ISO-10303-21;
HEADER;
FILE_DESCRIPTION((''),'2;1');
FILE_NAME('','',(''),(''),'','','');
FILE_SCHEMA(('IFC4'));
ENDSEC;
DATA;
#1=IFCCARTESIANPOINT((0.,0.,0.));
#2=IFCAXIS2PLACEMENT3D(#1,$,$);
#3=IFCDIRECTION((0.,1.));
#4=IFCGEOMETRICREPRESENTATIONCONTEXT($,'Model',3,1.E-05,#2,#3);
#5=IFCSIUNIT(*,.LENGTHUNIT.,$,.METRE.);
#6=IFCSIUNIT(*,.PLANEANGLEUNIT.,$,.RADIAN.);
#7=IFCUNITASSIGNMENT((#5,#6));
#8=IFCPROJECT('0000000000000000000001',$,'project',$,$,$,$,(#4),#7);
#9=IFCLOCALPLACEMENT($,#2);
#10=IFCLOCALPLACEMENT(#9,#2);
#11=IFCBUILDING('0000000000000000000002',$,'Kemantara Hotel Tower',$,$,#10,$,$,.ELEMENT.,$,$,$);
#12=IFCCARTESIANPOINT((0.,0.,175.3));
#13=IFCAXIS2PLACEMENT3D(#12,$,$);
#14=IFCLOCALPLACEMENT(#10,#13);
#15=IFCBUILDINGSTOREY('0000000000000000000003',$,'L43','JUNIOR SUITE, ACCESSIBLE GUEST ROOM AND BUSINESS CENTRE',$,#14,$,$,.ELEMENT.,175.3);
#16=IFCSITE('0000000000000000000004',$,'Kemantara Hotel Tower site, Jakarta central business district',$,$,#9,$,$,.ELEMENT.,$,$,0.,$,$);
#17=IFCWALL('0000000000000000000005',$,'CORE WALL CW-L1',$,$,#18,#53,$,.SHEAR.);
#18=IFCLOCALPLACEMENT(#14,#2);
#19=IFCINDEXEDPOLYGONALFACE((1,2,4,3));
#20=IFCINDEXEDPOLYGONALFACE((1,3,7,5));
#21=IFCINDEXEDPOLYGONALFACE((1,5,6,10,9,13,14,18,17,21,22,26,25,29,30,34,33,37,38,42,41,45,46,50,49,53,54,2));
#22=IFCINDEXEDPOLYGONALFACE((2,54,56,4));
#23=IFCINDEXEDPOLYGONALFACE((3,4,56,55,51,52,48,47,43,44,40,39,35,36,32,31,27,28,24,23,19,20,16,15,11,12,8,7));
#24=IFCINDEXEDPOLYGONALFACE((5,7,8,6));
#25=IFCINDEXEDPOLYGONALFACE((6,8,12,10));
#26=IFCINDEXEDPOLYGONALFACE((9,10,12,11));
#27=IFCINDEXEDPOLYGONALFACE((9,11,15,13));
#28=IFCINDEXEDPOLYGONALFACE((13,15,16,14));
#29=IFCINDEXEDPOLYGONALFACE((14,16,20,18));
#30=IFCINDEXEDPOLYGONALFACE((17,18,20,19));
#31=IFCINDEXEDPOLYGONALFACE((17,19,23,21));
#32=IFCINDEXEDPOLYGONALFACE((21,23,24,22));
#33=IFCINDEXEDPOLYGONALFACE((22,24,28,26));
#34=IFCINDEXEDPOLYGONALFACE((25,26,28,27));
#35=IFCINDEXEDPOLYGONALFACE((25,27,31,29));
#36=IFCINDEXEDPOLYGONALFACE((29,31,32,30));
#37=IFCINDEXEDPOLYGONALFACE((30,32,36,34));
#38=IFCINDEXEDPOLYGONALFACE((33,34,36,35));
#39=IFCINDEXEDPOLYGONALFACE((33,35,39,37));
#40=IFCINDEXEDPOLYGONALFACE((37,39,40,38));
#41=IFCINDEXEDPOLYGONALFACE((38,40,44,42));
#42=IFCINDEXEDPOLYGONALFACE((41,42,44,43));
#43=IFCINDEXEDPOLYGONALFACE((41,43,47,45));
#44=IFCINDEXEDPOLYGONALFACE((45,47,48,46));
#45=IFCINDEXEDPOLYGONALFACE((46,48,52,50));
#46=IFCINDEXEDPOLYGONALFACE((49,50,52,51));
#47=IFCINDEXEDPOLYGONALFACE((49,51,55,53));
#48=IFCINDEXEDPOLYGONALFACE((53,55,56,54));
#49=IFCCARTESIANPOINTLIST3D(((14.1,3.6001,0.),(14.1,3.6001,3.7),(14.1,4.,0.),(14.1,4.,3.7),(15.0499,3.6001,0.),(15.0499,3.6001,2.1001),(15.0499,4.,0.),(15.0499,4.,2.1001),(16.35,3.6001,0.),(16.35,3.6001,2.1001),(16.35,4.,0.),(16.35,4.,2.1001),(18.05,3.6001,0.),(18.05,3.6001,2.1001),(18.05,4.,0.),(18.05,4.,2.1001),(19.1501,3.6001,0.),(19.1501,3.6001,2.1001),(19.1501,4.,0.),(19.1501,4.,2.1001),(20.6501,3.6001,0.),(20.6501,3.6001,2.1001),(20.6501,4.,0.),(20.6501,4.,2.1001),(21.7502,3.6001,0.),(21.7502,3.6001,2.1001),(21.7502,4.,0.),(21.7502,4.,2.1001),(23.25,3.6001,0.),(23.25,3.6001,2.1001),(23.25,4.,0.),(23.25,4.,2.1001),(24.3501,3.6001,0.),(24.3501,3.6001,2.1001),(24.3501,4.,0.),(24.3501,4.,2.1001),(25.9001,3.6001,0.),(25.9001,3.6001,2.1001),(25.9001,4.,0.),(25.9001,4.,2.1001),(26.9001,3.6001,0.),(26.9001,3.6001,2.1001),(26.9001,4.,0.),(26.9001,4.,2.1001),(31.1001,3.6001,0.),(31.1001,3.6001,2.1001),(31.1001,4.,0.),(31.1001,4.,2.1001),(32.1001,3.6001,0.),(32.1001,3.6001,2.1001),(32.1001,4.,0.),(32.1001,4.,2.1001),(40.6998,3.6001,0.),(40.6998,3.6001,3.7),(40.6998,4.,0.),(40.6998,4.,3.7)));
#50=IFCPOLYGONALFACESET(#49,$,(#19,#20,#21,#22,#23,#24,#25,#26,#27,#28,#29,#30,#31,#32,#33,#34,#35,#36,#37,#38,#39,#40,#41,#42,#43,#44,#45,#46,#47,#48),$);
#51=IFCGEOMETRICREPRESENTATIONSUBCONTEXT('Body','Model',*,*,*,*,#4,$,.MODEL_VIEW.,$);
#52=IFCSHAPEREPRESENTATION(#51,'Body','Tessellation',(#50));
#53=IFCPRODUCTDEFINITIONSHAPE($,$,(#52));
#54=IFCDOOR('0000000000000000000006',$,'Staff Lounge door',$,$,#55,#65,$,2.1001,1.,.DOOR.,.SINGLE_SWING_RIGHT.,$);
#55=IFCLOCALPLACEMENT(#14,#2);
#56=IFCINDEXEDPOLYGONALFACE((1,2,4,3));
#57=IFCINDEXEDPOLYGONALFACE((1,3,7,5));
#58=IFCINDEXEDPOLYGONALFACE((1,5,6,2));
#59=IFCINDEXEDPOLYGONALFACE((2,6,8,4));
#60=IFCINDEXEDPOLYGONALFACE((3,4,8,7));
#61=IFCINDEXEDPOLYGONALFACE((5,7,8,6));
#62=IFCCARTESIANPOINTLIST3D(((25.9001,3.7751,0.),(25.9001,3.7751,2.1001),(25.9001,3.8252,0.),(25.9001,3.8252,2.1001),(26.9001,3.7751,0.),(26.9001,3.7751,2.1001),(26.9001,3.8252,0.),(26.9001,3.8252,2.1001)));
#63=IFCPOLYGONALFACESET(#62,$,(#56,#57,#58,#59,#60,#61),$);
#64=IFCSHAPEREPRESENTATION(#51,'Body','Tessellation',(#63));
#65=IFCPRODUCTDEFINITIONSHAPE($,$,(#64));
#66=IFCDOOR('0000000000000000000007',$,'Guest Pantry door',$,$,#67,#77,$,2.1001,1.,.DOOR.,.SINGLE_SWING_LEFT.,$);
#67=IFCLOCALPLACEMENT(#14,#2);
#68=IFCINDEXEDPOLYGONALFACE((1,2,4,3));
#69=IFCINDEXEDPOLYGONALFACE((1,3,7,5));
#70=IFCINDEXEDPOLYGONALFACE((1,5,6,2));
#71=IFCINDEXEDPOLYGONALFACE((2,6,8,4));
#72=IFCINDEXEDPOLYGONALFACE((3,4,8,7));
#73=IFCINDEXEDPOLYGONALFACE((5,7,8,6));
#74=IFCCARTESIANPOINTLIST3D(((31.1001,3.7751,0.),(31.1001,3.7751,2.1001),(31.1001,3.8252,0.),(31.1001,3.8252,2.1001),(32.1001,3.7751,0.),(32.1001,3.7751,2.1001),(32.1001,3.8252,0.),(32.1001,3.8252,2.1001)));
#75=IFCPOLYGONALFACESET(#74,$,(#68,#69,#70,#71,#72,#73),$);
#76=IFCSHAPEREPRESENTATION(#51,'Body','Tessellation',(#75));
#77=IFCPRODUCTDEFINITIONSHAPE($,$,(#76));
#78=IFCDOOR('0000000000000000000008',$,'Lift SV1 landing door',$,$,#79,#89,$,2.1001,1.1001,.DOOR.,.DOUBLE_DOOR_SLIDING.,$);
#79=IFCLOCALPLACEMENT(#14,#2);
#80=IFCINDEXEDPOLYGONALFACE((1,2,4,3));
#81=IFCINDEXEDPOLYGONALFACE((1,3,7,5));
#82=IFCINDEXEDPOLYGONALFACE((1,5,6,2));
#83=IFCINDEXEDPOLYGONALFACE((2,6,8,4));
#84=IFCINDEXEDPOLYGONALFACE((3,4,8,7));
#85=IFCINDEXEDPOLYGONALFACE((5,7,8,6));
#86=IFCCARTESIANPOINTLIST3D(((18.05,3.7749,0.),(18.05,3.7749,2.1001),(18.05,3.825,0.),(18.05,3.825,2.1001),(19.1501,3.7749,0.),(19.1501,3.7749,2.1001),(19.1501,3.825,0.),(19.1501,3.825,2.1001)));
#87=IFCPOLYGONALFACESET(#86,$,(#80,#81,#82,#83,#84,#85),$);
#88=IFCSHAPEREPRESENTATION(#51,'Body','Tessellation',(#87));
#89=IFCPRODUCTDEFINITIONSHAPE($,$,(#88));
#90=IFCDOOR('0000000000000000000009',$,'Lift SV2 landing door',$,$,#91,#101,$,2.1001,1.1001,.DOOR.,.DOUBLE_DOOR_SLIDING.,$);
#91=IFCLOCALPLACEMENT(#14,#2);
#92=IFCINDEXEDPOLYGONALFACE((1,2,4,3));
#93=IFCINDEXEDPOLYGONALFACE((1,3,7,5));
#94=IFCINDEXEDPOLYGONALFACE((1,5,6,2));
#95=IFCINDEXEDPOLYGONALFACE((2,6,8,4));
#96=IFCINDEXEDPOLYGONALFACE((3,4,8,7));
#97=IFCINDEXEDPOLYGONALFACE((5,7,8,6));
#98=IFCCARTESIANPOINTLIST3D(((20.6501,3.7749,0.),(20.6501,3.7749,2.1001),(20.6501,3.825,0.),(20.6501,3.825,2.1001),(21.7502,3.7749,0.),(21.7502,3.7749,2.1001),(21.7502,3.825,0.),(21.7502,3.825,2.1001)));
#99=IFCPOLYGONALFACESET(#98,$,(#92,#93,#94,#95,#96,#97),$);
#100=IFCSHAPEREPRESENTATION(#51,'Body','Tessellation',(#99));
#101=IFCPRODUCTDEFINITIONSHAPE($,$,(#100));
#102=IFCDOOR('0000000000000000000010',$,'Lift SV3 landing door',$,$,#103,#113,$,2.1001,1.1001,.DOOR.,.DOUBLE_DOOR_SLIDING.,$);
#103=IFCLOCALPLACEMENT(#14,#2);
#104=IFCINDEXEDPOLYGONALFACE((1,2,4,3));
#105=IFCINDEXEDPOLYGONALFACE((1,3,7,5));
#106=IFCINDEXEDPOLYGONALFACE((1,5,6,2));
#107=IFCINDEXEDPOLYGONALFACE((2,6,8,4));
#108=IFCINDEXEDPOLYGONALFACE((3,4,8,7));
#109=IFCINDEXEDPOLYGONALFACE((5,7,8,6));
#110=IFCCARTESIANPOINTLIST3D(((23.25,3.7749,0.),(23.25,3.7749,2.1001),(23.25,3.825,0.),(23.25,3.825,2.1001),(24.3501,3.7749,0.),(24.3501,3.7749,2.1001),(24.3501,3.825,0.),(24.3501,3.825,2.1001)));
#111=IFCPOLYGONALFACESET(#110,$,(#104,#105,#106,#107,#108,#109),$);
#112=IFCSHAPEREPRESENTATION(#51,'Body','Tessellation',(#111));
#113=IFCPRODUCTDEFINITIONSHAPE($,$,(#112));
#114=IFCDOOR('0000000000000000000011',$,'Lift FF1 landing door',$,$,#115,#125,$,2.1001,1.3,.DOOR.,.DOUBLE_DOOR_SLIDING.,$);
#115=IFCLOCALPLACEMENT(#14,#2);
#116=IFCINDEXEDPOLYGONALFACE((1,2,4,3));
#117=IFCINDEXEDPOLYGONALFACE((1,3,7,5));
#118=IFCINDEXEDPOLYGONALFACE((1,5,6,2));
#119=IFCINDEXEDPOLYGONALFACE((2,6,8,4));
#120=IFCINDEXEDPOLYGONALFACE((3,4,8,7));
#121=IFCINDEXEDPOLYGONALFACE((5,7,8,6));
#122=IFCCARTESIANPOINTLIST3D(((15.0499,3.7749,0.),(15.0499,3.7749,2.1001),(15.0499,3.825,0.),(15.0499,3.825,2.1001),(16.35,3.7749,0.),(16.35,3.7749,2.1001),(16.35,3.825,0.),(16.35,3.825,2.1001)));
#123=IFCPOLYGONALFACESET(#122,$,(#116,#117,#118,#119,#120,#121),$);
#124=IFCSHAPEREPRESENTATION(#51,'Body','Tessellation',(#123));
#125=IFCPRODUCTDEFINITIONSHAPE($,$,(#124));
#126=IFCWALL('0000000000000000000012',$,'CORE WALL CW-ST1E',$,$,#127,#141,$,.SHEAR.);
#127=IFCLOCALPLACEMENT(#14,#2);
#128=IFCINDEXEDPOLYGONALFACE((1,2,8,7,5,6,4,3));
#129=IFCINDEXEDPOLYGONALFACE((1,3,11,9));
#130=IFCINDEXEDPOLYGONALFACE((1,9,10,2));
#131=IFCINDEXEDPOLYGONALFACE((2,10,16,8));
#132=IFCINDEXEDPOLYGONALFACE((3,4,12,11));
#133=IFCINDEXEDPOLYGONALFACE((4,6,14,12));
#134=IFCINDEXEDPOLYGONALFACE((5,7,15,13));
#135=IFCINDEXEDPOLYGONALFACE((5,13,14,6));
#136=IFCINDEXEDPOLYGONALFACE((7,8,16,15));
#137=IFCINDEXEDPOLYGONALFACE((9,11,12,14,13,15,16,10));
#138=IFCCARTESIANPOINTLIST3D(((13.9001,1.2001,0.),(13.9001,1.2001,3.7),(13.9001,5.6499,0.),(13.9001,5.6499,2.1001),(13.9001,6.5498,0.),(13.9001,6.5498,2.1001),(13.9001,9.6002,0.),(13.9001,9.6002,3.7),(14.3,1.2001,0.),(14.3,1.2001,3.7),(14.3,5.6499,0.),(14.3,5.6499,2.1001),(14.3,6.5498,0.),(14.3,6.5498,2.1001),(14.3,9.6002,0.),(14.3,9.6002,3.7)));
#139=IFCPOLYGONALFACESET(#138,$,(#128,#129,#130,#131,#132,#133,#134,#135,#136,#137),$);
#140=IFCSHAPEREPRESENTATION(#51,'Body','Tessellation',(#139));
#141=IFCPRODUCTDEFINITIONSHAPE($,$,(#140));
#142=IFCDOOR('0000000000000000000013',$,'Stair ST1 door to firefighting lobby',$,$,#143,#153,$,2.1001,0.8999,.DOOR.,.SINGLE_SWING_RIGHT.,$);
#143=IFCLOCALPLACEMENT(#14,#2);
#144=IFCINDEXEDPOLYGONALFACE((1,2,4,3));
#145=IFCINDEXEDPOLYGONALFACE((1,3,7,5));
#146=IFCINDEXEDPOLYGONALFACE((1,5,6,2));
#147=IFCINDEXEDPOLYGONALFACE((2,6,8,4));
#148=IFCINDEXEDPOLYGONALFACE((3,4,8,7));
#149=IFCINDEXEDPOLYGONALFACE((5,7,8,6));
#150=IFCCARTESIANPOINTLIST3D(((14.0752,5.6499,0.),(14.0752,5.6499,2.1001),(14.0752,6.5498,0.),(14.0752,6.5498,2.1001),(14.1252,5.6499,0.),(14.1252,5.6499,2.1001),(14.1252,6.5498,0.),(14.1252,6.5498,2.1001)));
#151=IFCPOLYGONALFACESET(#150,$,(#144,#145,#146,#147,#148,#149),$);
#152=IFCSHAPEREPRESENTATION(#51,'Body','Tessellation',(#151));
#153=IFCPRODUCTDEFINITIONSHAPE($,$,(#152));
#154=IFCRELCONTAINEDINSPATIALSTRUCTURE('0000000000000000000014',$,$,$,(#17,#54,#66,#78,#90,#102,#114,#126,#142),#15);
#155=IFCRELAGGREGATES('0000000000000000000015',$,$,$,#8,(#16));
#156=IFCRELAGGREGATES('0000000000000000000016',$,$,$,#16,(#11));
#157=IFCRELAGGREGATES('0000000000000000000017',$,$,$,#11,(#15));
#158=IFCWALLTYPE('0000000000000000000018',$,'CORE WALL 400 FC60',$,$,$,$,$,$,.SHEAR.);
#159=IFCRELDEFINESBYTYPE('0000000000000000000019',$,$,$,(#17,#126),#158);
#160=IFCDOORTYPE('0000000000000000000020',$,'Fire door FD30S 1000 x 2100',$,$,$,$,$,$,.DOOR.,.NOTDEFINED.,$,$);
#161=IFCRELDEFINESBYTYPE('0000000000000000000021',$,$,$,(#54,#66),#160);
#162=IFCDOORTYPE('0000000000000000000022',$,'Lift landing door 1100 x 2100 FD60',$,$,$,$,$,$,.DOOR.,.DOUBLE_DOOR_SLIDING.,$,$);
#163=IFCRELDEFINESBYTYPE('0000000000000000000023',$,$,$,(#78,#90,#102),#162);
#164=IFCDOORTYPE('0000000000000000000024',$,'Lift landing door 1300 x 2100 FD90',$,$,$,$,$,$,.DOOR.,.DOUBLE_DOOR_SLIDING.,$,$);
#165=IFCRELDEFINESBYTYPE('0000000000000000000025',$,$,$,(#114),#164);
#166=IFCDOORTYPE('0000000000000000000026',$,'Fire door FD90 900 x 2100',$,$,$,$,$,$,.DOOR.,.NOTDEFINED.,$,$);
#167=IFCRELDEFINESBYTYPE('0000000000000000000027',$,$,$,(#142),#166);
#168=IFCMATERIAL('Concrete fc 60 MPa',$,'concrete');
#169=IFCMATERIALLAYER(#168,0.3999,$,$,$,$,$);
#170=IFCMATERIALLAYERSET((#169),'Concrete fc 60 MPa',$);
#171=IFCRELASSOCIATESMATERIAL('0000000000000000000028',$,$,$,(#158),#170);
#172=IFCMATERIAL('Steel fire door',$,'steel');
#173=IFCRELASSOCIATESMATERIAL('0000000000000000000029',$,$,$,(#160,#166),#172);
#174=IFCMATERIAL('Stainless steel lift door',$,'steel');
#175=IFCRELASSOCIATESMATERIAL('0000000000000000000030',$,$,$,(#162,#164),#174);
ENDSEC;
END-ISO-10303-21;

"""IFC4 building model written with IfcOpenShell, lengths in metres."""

from ifc_helpers import new_model, si_unit, direction, frame, frame_2d, origin, place, context, subcontext, project, spatial, rectangle, extrude, material, layer, layer_set, type_object, element, fill, save


model = new_model("IFC4")

# Units and contexts
model_context = context("Model", 3, precision=1e-05, world=origin(), true_north=direction((0.0, 1.0)))
body_context = subcontext(model_context, "Body", "Model", "MODEL_VIEW")
ifc_project = project(units=[si_unit("LENGTHUNIT", "METRE"), si_unit("PLANEANGLEUNIT", "RADIAN")], contexts=[model_context])

# Site, building, storey
site_placement = place(None, origin())
site = spatial("IfcSite", under=ifc_project, at=site_placement, Name="Kemantara Hotel Tower site, Jakarta central business district", CompositionType="ELEMENT", RefElevation=0.0)
building_placement = place(site_placement, origin())
building = spatial("IfcBuilding", under=site, at=building_placement, Name="Kemantara Hotel Tower", CompositionType="ELEMENT")
storey_placement = place(building_placement, frame((0.0, 0.0, 175.3)))
storey = spatial("IfcBuildingStorey", under=building, at=storey_placement, Name="L43", Description="JUNIOR SUITE, ACCESSIBLE GUEST ROOM AND BUSINESS CENTRE", CompositionType="ELEMENT", Elevation=175.3)

# Shared definitions
ifc_material_1 = material(Name="Concrete fc 60 MPa", Category="concrete")
ifc_layer_1 = layer(ifc_material_1, 0.3999)
ifc_layer_set_1 = layer_set([ifc_layer_1], Name="Concrete fc 60 MPa")
wall_type_1 = type_object("IfcWallType", Name="CORE WALL 400 FC60", PredefinedType="SHEAR", material=ifc_layer_set_1)
ifc_material_2 = material(Name="Steel fire door", Category="steel")

# Wall, openings, doors
wall_1_placement = place(storey_placement, frame((14.1001, 3.8, 0.0), z_axis=(0.0, 0.0, 1.0), x_axis=(1.0, 0.0, 0.0)))
wall_1 = element("IfcWall", 1, at=wall_1_placement, inside=storey, type_object=wall_type_1, Name="CORE WALL CW-L1", PredefinedType="SHEAR", context=body_context, shape_type="SweptSolid", body=[
    extrude(rectangle(XDim=26.5999, YDim=0.3999, at=frame_2d((13.2998, 0.0))), origin(), (0.0, 0.0, 1.0), 3.7),
])
opening_1_placement = place(wall_1_placement, frame((0.95, 0.0, 0.0)))
opening_1 = element("IfcOpeningElement", 2, at=opening_1_placement, cuts=wall_1, PredefinedType="OPENING", context=body_context, shape_type="SweptSolid", body=[
    extrude(rectangle(XDim=1.3, YDim=2.1001, at=frame_2d((0.6499, 1.05))), frame((0.0, 0.21, 0.0), z_axis=(0.0, -1.0, 0.0), x_axis=(1.0, 0.0, 0.0)), (0.0, 0.0, 1.0), 0.4199),
])
opening_2_placement = place(wall_1_placement, frame((3.95, 0.0, 0.0)))
opening_2 = element("IfcOpeningElement", 3, at=opening_2_placement, cuts=wall_1, PredefinedType="OPENING", context=body_context, shape_type="SweptSolid", body=[
    extrude(rectangle(XDim=1.1001, YDim=2.1001, at=frame_2d((0.55, 1.05))), frame((0.0, 0.21, 0.0), z_axis=(0.0, -1.0, 0.0), x_axis=(1.0, 0.0, 0.0)), (0.0, 0.0, 1.0), 0.4199),
])
opening_3_placement = place(wall_1_placement, frame((6.55, 0.0, 0.0)))
opening_3 = element("IfcOpeningElement", 4, at=opening_3_placement, cuts=wall_1, PredefinedType="OPENING", context=body_context, shape_type="SweptSolid", body=[
    extrude(rectangle(XDim=1.1001, YDim=2.1001, at=frame_2d((0.55, 1.05))), frame((0.0, 0.21, 0.0), z_axis=(0.0, -1.0, 0.0), x_axis=(1.0, 0.0, 0.0)), (0.0, 0.0, 1.0), 0.4199),
])
opening_4_placement = place(wall_1_placement, frame((9.1499, 0.0, 0.0)))
opening_4 = element("IfcOpeningElement", 5, at=opening_4_placement, cuts=wall_1, PredefinedType="OPENING", context=body_context, shape_type="SweptSolid", body=[
    extrude(rectangle(XDim=1.1001, YDim=2.1001, at=frame_2d((0.55, 1.05))), frame((0.0, 0.21, 0.0), z_axis=(0.0, -1.0, 0.0), x_axis=(1.0, 0.0, 0.0)), (0.0, 0.0, 1.0), 0.4199),
])
opening_5_placement = place(wall_1_placement, frame((11.8, 0.0, 0.0)))
opening_5 = element("IfcOpeningElement", 6, at=opening_5_placement, cuts=wall_1, PredefinedType="OPENING", context=body_context, shape_type="SweptSolid", body=[
    extrude(rectangle(XDim=1.0, YDim=2.1001, at=frame_2d((0.5, 1.05))), frame((0.0, 0.21, 0.0), z_axis=(0.0, -1.0, 0.0), x_axis=(1.0, 0.0, 0.0)), (0.0, 0.0, 1.0), 0.4199),
])
opening_6_placement = place(wall_1_placement, frame((17.0, 0.0, 0.0)))
opening_6 = element("IfcOpeningElement", 7, at=opening_6_placement, cuts=wall_1, PredefinedType="OPENING", context=body_context, shape_type="SweptSolid", body=[
    extrude(rectangle(XDim=1.0, YDim=2.1001, at=frame_2d((0.5, 1.05))), frame((0.0, 0.21, 0.0), z_axis=(0.0, -1.0, 0.0), x_axis=(1.0, 0.0, 0.0)), (0.0, 0.0, 1.0), 0.4199),
])
door_type_1 = type_object("IfcDoorType", Name="Fire door FD30S 1000 x 2100", OperationType="NOTDEFINED", PredefinedType="DOOR", material=ifc_material_2)
door_1_placement = place(opening_5_placement, frame((1.0, 0.0, 0.0), z_axis=(0.0, 0.0, 1.0), x_axis=(-1.0, 0.0, 0.0)))
door_1 = element("IfcDoor", 8, at=door_1_placement, inside=storey, type_object=door_type_1, Name="Staff Lounge door", OperationType="SINGLE_SWING_RIGHT", OverallHeight=2.1001, OverallWidth=1.0, PredefinedType="DOOR", context=body_context, shape_type="SweptSolid", body=[
    extrude(rectangle(XDim=1.0, YDim=2.1001, at=frame_2d((0.5, 1.05))), frame((0.0, 0.0249, 0.0), z_axis=(0.0, -1.0, 0.0), x_axis=(1.0, 0.0, 0.0)), (0.0, 0.0, 1.0), 0.05),
])
fill(opening_5, door_1)
door_2_placement = place(opening_6_placement, frame((1.0, 0.0, 0.0), z_axis=(0.0, 0.0, 1.0), x_axis=(-1.0, 0.0, 0.0)))
door_2 = element("IfcDoor", 9, at=door_2_placement, inside=storey, type_object=door_type_1, Name="Guest Pantry door", OperationType="SINGLE_SWING_LEFT", OverallHeight=2.1001, OverallWidth=1.0, PredefinedType="DOOR", context=body_context, shape_type="SweptSolid", body=[
    extrude(rectangle(XDim=1.0, YDim=2.1001, at=frame_2d((0.5, 1.05))), frame((0.0, 0.0249, 0.0), z_axis=(0.0, -1.0, 0.0), x_axis=(1.0, 0.0, 0.0)), (0.0, 0.0, 1.0), 0.05),
])
fill(opening_6, door_2)
ifc_material_3 = material(Name="Stainless steel lift door", Category="steel")
door_type_2 = type_object("IfcDoorType", Name="Lift landing door 1100 x 2100 FD60", OperationType="DOUBLE_DOOR_SLIDING", PredefinedType="DOOR", material=ifc_material_3)
door_3_placement = place(opening_2_placement, origin())
door_3 = element("IfcDoor", 10, at=door_3_placement, inside=storey, type_object=door_type_2, Name="Lift SV1 landing door", OperationType="DOUBLE_DOOR_SLIDING", OverallHeight=2.1001, OverallWidth=1.1001, PredefinedType="DOOR", context=body_context, shape_type="SweptSolid", body=[
    extrude(rectangle(XDim=1.1001, YDim=2.1001, at=frame_2d((0.55, 1.05))), frame((0.0, 0.0249, 0.0), z_axis=(0.0, -1.0, 0.0), x_axis=(1.0, 0.0, 0.0)), (0.0, 0.0, 1.0), 0.05),
])
fill(opening_2, door_3)
door_4_placement = place(opening_3_placement, origin())
door_4 = element("IfcDoor", 11, at=door_4_placement, inside=storey, type_object=door_type_2, Name="Lift SV2 landing door", OperationType="DOUBLE_DOOR_SLIDING", OverallHeight=2.1001, OverallWidth=1.1001, PredefinedType="DOOR", context=body_context, shape_type="SweptSolid", body=[
    extrude(rectangle(XDim=1.1001, YDim=2.1001, at=frame_2d((0.55, 1.05))), frame((0.0, 0.0249, 0.0), z_axis=(0.0, -1.0, 0.0), x_axis=(1.0, 0.0, 0.0)), (0.0, 0.0, 1.0), 0.05),
])
fill(opening_3, door_4)
door_5_placement = place(opening_4_placement, origin())
door_5 = element("IfcDoor", 12, at=door_5_placement, inside=storey, type_object=door_type_2, Name="Lift SV3 landing door", OperationType="DOUBLE_DOOR_SLIDING", OverallHeight=2.1001, OverallWidth=1.1001, PredefinedType="DOOR", context=body_context, shape_type="SweptSolid", body=[
    extrude(rectangle(XDim=1.1001, YDim=2.1001, at=frame_2d((0.55, 1.05))), frame((0.0, 0.0249, 0.0), z_axis=(0.0, -1.0, 0.0), x_axis=(1.0, 0.0, 0.0)), (0.0, 0.0, 1.0), 0.05),
])
fill(opening_4, door_5)
door_type_3 = type_object("IfcDoorType", Name="Lift landing door 1300 x 2100 FD90", OperationType="DOUBLE_DOOR_SLIDING", PredefinedType="DOOR", material=ifc_material_3)
door_6_placement = place(opening_1_placement, origin())
door_6 = element("IfcDoor", 13, at=door_6_placement, inside=storey, type_object=door_type_3, Name="Lift FF1 landing door", OperationType="DOUBLE_DOOR_SLIDING", OverallHeight=2.1001, OverallWidth=1.3, PredefinedType="DOOR", context=body_context, shape_type="SweptSolid", body=[
    extrude(rectangle(XDim=1.3, YDim=2.1001, at=frame_2d((0.6499, 1.05))), frame((0.0, 0.0249, 0.0), z_axis=(0.0, -1.0, 0.0), x_axis=(1.0, 0.0, 0.0)), (0.0, 0.0, 1.0), 0.05),
])
fill(opening_1, door_6)

# Wall, opening, door
wall_2_placement = place(storey_placement, frame((14.1001, 1.2, 0.0), z_axis=(0.0, 0.0, 1.0), x_axis=(0.0, 1.0, 0.0)))
wall_2 = element("IfcWall", 14, at=wall_2_placement, inside=storey, type_object=wall_type_1, Name="CORE WALL CW-ST1E", PredefinedType="SHEAR", context=body_context, shape_type="SweptSolid", body=[
    extrude(rectangle(XDim=8.4001, YDim=0.3999, at=frame_2d((4.2002, 0.0))), origin(), (0.0, 0.0, 1.0), 3.7),
])
opening_7_placement = place(wall_2_placement, frame((4.45, 0.0, 0.0)))
opening_7 = element("IfcOpeningElement", 15, at=opening_7_placement, cuts=wall_2, PredefinedType="OPENING", context=body_context, shape_type="SweptSolid", body=[
    extrude(rectangle(XDim=0.8999, YDim=2.1001, at=frame_2d((0.45, 1.05))), frame((0.0, 0.21, 0.0), z_axis=(0.0, -1.0, 0.0), x_axis=(1.0, 0.0, 0.0)), (0.0, 0.0, 1.0), 0.4199),
])
door_type_4 = type_object("IfcDoorType", Name="Fire door FD90 900 x 2100", OperationType="NOTDEFINED", PredefinedType="DOOR", material=ifc_material_2)
door_7_placement = place(opening_7_placement, origin())
door_7 = element("IfcDoor", 16, at=door_7_placement, inside=storey, type_object=door_type_4, Name="Stair ST1 door to firefighting lobby", OperationType="SINGLE_SWING_RIGHT", OverallHeight=2.1001, OverallWidth=0.8999, PredefinedType="DOOR", context=body_context, shape_type="SweptSolid", body=[
    extrude(rectangle(XDim=0.8999, YDim=2.1001, at=frame_2d((0.45, 1.05))), frame((0.0, 0.0249, 0.0), z_axis=(0.0, -1.0, 0.0), x_axis=(1.0, 0.0, 0.0)), (0.0, 0.0, 1.0), 0.05),
])
fill(opening_7, door_7)

save(model, "model.ifc")
